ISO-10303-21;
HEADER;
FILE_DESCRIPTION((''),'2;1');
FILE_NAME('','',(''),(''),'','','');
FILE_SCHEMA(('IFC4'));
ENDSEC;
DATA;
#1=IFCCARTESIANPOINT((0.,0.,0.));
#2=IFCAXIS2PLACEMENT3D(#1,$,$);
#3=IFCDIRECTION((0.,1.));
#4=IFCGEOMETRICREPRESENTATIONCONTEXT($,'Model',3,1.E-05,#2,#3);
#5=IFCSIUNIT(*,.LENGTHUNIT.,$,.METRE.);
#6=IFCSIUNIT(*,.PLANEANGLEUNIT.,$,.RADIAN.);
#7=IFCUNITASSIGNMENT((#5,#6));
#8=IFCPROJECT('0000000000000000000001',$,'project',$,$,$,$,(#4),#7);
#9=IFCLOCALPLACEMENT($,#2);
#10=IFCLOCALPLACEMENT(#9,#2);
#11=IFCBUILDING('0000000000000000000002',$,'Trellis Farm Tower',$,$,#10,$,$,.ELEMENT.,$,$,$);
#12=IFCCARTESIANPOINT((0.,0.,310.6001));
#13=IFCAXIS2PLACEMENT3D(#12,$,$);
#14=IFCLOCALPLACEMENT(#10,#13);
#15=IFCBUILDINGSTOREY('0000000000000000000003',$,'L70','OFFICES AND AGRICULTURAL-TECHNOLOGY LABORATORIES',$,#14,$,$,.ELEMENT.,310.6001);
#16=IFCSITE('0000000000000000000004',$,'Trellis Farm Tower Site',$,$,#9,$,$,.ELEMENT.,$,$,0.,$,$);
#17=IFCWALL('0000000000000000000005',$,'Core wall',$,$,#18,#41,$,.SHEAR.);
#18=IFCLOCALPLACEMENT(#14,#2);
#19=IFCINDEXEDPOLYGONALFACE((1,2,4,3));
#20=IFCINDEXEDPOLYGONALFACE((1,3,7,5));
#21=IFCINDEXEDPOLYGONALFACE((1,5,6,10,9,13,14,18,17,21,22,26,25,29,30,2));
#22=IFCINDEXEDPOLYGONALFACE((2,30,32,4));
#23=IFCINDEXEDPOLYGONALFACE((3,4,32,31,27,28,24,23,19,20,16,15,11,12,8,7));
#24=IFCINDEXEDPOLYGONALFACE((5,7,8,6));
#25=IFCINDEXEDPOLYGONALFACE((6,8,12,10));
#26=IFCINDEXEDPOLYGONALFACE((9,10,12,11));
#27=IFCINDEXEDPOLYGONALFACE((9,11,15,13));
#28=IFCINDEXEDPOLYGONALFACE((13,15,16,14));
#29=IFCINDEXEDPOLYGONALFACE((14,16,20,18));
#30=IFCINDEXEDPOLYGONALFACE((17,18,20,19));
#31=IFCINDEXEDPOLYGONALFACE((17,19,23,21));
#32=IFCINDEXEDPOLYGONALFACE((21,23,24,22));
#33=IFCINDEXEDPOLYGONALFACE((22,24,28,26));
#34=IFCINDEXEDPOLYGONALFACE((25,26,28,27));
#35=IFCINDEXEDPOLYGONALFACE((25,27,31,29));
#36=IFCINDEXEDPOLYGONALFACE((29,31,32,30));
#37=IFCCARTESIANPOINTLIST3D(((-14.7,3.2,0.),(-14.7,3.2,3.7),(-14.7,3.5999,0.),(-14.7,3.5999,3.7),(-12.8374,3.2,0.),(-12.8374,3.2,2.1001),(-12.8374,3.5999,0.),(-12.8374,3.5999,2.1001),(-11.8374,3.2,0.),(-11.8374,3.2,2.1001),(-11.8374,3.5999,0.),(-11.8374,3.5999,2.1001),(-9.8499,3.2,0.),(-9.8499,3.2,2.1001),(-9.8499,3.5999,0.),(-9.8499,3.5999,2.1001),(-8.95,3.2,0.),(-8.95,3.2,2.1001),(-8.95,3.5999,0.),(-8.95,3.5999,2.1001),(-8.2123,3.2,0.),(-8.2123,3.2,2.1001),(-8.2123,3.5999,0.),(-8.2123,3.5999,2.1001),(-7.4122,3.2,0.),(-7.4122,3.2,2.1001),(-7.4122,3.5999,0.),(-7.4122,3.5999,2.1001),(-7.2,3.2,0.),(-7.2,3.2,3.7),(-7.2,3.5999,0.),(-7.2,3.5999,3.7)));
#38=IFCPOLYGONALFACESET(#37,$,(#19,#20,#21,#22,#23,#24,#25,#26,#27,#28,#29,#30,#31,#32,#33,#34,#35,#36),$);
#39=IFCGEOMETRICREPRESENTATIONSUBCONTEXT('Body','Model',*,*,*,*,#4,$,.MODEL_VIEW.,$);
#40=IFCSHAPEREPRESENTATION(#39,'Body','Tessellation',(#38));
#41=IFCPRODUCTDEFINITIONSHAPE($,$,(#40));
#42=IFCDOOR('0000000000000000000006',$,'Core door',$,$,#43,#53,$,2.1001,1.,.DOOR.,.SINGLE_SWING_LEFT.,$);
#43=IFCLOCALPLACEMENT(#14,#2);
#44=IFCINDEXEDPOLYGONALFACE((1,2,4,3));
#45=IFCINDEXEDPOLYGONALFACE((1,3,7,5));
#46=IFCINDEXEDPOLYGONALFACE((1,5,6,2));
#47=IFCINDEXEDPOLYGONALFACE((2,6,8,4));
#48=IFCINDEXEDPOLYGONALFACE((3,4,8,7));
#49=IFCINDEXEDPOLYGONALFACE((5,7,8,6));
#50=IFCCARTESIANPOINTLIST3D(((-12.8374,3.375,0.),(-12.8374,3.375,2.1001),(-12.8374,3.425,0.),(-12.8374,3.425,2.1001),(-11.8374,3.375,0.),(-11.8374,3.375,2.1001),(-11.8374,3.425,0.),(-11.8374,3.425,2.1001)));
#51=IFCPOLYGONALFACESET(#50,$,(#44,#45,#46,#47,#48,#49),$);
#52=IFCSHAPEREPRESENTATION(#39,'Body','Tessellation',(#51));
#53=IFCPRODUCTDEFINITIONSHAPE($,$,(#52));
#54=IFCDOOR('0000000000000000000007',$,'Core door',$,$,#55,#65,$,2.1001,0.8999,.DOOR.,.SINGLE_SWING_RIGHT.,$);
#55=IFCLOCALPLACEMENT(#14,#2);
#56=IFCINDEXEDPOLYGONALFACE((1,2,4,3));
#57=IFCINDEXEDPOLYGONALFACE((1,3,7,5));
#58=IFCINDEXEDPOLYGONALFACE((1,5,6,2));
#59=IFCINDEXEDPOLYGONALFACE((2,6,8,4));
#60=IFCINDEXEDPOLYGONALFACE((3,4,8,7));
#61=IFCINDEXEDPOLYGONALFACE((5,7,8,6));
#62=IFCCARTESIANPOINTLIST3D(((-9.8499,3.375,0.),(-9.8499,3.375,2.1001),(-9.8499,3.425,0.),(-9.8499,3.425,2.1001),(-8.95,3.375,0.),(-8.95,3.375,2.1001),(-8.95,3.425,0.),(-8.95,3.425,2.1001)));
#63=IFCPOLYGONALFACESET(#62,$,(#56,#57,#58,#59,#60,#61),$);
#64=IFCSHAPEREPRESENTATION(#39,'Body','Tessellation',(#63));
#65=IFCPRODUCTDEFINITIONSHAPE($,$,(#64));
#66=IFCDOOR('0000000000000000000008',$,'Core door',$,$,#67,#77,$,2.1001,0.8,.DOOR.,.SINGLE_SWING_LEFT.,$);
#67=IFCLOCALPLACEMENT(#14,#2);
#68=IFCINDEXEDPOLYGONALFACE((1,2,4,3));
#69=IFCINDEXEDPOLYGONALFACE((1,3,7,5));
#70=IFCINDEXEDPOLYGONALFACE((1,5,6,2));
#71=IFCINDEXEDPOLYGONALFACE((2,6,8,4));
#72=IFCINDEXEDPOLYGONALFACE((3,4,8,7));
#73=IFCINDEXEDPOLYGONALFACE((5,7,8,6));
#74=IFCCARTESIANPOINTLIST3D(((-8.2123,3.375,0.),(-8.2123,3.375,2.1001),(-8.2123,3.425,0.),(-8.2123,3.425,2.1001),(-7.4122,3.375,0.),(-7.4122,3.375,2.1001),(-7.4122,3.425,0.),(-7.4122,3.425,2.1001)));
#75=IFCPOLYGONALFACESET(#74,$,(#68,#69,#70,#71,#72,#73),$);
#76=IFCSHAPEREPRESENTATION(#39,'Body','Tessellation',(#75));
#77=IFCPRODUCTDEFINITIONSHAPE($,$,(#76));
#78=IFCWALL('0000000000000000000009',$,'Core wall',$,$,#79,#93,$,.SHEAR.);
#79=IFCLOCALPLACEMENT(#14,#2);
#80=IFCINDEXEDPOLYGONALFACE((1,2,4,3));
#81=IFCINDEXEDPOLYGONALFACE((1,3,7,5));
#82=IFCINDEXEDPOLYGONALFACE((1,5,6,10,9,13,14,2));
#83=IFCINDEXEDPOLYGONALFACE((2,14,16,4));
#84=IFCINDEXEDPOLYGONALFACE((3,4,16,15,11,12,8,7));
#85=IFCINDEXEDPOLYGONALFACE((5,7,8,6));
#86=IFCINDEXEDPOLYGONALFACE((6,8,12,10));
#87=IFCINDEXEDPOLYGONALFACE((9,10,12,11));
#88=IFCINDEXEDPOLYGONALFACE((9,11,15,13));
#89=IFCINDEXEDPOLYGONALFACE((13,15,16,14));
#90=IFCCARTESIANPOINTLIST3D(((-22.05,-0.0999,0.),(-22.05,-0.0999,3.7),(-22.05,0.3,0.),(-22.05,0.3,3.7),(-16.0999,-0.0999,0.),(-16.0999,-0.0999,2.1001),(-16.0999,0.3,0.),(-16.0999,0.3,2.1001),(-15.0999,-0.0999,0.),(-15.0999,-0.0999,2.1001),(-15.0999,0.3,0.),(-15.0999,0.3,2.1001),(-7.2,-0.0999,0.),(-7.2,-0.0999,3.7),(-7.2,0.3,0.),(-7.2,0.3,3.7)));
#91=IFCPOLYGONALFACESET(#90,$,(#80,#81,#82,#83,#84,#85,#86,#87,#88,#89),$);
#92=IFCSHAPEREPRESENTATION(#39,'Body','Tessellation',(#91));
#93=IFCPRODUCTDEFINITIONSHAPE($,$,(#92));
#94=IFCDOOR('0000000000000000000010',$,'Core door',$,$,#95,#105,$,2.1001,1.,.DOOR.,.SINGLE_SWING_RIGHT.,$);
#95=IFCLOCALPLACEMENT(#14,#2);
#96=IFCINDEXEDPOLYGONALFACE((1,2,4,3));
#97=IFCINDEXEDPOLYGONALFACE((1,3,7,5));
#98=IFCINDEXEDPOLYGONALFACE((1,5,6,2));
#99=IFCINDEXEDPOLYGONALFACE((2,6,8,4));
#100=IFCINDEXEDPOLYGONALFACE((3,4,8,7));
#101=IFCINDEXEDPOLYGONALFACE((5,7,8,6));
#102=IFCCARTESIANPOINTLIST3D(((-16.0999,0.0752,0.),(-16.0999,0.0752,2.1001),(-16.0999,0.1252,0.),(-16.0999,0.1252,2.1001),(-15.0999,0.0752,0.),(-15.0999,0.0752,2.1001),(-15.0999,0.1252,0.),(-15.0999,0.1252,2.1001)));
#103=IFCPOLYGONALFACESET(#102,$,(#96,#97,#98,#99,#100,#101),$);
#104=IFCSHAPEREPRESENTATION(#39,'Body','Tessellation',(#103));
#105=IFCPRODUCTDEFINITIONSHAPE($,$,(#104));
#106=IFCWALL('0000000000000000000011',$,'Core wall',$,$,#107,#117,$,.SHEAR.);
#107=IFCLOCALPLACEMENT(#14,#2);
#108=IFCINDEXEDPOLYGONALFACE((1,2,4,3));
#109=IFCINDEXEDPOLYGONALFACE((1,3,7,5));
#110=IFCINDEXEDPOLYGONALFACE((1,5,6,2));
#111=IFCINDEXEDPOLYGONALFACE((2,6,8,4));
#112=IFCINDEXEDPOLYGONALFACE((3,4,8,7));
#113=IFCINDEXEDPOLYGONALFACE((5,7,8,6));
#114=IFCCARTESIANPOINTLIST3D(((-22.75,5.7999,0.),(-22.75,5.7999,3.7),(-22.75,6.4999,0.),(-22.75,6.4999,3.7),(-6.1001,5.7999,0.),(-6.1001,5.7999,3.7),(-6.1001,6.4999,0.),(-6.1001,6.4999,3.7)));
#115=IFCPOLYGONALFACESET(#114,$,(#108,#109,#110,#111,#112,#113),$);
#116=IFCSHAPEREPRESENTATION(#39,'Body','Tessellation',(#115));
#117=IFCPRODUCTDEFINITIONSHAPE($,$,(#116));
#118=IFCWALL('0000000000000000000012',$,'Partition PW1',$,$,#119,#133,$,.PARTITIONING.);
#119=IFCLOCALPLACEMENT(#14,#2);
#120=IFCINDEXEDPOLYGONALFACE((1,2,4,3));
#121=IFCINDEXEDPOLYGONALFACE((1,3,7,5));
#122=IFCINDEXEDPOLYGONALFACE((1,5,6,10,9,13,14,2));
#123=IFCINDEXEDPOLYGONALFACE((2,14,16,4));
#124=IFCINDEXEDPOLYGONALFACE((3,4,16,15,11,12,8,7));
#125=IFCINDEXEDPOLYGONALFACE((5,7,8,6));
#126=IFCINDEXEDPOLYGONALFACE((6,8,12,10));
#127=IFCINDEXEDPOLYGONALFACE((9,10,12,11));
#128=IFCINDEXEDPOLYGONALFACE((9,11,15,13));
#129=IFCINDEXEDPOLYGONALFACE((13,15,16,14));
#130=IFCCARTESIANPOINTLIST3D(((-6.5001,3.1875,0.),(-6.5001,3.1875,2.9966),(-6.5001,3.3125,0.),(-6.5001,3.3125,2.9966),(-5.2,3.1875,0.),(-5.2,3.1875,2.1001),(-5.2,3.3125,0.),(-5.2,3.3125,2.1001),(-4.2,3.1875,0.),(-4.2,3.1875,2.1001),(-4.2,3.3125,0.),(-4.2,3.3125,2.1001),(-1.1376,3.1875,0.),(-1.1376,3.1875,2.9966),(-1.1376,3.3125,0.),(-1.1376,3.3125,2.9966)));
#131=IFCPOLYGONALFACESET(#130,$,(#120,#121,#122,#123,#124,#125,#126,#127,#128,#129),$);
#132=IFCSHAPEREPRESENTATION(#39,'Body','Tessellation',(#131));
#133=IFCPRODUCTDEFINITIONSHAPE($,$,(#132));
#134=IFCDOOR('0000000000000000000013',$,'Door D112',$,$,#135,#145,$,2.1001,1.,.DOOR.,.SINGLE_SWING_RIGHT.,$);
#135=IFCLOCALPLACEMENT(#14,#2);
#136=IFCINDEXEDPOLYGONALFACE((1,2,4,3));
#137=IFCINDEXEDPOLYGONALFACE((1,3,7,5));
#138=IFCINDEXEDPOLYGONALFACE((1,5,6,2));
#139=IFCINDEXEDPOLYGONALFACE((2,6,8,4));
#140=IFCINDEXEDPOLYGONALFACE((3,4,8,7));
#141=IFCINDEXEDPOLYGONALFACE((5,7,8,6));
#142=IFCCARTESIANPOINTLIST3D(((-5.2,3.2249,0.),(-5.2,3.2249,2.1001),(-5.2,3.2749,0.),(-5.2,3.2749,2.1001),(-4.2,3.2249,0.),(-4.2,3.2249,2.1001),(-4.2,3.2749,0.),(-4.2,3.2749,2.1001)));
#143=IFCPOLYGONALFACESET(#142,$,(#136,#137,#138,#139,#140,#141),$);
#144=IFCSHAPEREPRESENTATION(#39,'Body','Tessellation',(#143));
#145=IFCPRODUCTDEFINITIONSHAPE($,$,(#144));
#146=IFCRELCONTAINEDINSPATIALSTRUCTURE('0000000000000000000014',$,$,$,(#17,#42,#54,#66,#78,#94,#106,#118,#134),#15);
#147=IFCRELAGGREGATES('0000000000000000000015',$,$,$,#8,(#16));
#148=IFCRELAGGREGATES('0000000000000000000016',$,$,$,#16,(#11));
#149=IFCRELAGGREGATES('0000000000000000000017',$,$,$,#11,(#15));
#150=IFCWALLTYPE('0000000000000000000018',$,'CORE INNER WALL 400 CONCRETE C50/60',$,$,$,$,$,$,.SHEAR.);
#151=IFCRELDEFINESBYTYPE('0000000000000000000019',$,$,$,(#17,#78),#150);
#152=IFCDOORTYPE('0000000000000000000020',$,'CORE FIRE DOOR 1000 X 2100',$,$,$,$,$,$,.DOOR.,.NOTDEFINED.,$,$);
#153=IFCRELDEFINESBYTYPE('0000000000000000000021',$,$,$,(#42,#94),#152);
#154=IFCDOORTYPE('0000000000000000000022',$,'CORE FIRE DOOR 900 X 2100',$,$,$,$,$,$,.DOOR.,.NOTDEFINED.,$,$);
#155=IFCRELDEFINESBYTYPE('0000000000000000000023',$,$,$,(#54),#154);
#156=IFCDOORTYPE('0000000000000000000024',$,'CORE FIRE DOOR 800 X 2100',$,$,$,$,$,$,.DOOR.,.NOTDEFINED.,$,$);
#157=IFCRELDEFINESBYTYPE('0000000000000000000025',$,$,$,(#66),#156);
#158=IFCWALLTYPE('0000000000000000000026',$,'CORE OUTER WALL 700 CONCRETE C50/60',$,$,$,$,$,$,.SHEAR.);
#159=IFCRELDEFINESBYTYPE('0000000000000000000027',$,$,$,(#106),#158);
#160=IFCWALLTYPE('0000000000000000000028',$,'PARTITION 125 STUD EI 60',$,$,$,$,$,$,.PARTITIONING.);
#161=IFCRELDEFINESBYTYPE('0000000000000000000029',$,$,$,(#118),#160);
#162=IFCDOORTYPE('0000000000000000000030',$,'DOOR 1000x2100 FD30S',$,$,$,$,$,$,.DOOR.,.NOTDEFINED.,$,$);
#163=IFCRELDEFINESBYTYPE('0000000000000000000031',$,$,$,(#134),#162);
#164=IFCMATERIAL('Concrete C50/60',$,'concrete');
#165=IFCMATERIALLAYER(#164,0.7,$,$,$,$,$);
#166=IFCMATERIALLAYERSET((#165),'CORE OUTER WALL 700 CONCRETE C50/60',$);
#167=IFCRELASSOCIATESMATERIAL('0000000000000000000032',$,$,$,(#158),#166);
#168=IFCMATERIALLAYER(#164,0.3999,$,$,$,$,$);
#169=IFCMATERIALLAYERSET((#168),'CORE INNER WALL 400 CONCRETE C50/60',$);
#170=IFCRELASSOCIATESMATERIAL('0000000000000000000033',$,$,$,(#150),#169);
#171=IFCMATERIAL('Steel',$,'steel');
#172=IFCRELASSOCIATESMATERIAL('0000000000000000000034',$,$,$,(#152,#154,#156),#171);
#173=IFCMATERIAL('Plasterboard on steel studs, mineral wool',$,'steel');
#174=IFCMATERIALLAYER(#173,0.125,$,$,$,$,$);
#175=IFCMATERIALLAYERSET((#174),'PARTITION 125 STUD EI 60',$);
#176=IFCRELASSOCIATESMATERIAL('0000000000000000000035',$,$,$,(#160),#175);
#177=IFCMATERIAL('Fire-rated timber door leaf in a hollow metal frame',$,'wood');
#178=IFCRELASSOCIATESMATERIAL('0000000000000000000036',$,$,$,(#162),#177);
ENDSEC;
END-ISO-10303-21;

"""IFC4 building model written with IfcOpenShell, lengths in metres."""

from ifc_helpers import new_model, si_unit, direction, frame, frame_2d, origin, place, context, subcontext, project, spatial, rectangle, extrude, source, transform, mapped, material, layer, layer_set, type_object, element, fill, save


model = new_model("IFC4")

# Units and contexts
model_context = context("Model", 3, precision=1e-05, world=origin(), true_north=direction((0.0, 1.0)))
body_context = subcontext(model_context, "Body", "Model", "MODEL_VIEW")
ifc_project = project(units=[si_unit("LENGTHUNIT", "METRE"), si_unit("PLANEANGLEUNIT", "RADIAN")], contexts=[model_context])

# Site, building, storey
site_placement = place(None, origin())
site = spatial("IfcSite", under=ifc_project, at=site_placement, Name="Trellis Farm Tower Site", CompositionType="ELEMENT", RefElevation=0.0)
building_placement = place(site_placement, origin())
building = spatial("IfcBuilding", under=site, at=building_placement, Name="Trellis Farm Tower", CompositionType="ELEMENT")
storey_placement = place(building_placement, frame((0.0, 0.0, 310.6001)))
storey = spatial("IfcBuildingStorey", under=building, at=storey_placement, Name="L70", Description="OFFICES AND AGRICULTURAL-TECHNOLOGY LABORATORIES", CompositionType="ELEMENT", Elevation=310.6001)

# Shared definitions
ifc_material_1 = material(Name="Concrete C50/60", Category="concrete")
ifc_layer_1 = layer(ifc_material_1, 0.7)
ifc_layer_set_1 = layer_set([ifc_layer_1], Name="CORE OUTER WALL 700 CONCRETE C50/60")
wall_type_1 = type_object("IfcWallType", Name="CORE OUTER WALL 700 CONCRETE C50/60", PredefinedType="SHEAR", material=ifc_layer_set_1)
ifc_material_2 = material(Name="Steel", Category="steel")

# Wall, openings, doors
ifc_layer_2 = layer(ifc_material_1, 0.3999)
ifc_layer_set_2 = layer_set([ifc_layer_2], Name="CORE INNER WALL 400 CONCRETE C50/60")
wall_type_2 = type_object("IfcWallType", Name="CORE INNER WALL 400 CONCRETE C50/60", PredefinedType="SHEAR", material=ifc_layer_set_2)
shared_shape_1 = source(origin(), body_context, "Body", "SweptSolid", [
    extrude(rectangle(XDim=7.5, YDim=0.3999, at=frame_2d((3.75, 0.0))), origin(), (0.0, 0.0, 1.0), 3.7),
])
wall_1_placement = place(storey_placement, frame((-7.2, 3.3999, 0.0), z_axis=(0.0, 0.0, 1.0), x_axis=(-1.0, 0.0, 0.0)))
wall_1 = element("IfcWall", 1, at=wall_1_placement, inside=storey, type_object=wall_type_2, Name="Core wall", PredefinedType="SHEAR", context=body_context, shape_type="MappedRepresentation", body=[
    mapped(shared_shape_1, transform((0.0, 0.0, 0.0))),
])
shared_shape_2 = source(origin(), body_context, "Body", "SweptSolid", [
    extrude(rectangle(XDim=0.8, YDim=2.1001, at=frame_2d((0.3999, 1.05))), frame((0.0, 0.21, 0.0), z_axis=(0.0, -1.0, 0.0), x_axis=(1.0, 0.0, 0.0)), (0.0, 0.0, 1.0), 0.4199),
])
opening_1_placement = place(wall_1_placement, frame((0.2124, 0.0, 0.0)))
opening_1 = element("IfcOpeningElement", 2, at=opening_1_placement, cuts=wall_1, PredefinedType="OPENING", context=body_context, shape_type="MappedRepresentation", body=[
    mapped(shared_shape_2, transform((0.0, 0.0, 0.0))),
])
shared_shape_3 = source(origin(), body_context, "Body", "SweptSolid", [
    extrude(rectangle(XDim=0.8999, YDim=2.1001, at=frame_2d((0.45, 1.05))), frame((0.0, 0.21, 0.0), z_axis=(0.0, -1.0, 0.0), x_axis=(1.0, 0.0, 0.0)), (0.0, 0.0, 1.0), 0.4199),
])
opening_2_placement = place(wall_1_placement, frame((1.75, 0.0, 0.0)))
opening_2 = element("IfcOpeningElement", 3, at=opening_2_placement, cuts=wall_1, PredefinedType="OPENING", context=body_context, shape_type="MappedRepresentation", body=[
    mapped(shared_shape_3, transform((0.0, 0.0, 0.0))),
])
shared_shape_4 = source(origin(), body_context, "Body", "SweptSolid", [
    extrude(rectangle(XDim=1.0, YDim=2.1001, at=frame_2d((0.5, 1.05))), frame((0.0, 0.21, 0.0), z_axis=(0.0, -1.0, 0.0), x_axis=(1.0, 0.0, 0.0)), (0.0, 0.0, 1.0), 0.4199),
])
opening_3_placement = place(wall_1_placement, frame((4.6375, 0.0, 0.0)))
opening_3 = element("IfcOpeningElement", 4, at=opening_3_placement, cuts=wall_1, PredefinedType="OPENING", context=body_context, shape_type="MappedRepresentation", body=[
    mapped(shared_shape_4, transform((0.0, 0.0, 0.0))),
])
door_type_1 = type_object("IfcDoorType", Name="CORE FIRE DOOR 1000 X 2100", OperationType="NOTDEFINED", PredefinedType="DOOR", material=ifc_material_2)
shared_shape_5 = source(origin(), body_context, "Body", "SweptSolid", [
    extrude(rectangle(XDim=1.0, YDim=2.1001, at=frame_2d((0.5, 1.05))), frame((0.0, 0.0249, 0.0), z_axis=(0.0, -1.0, 0.0), x_axis=(1.0, 0.0, 0.0)), (0.0, 0.0, 1.0), 0.05),
])
door_1_placement = place(opening_3_placement, origin())
door_1 = element("IfcDoor", 5, at=door_1_placement, inside=storey, type_object=door_type_1, Name="Core door", OperationType="SINGLE_SWING_LEFT", OverallHeight=2.1001, OverallWidth=1.0, PredefinedType="DOOR", context=body_context, shape_type="MappedRepresentation", body=[
    mapped(shared_shape_5, transform((0.0, 0.0, 0.0))),
])
fill(opening_3, door_1)
door_type_2 = type_object("IfcDoorType", Name="CORE FIRE DOOR 900 X 2100", OperationType="NOTDEFINED", PredefinedType="DOOR", material=ifc_material_2)
shared_shape_6 = source(origin(), body_context, "Body", "SweptSolid", [
    extrude(rectangle(XDim=0.8999, YDim=2.1001, at=frame_2d((0.45, 1.05))), frame((0.0, 0.0249, 0.0), z_axis=(0.0, -1.0, 0.0), x_axis=(1.0, 0.0, 0.0)), (0.0, 0.0, 1.0), 0.05),
])
door_2_placement = place(opening_2_placement, origin())
door_2 = element("IfcDoor", 6, at=door_2_placement, inside=storey, type_object=door_type_2, Name="Core door", OperationType="SINGLE_SWING_RIGHT", OverallHeight=2.1001, OverallWidth=0.8999, PredefinedType="DOOR", context=body_context, shape_type="MappedRepresentation", body=[
    mapped(shared_shape_6, transform((0.0, 0.0, 0.0))),
])
fill(opening_2, door_2)
door_type_3 = type_object("IfcDoorType", Name="CORE FIRE DOOR 800 X 2100", OperationType="NOTDEFINED", PredefinedType="DOOR", material=ifc_material_2)
shared_shape_7 = source(origin(), body_context, "Body", "SweptSolid", [
    extrude(rectangle(XDim=0.8, YDim=2.1001, at=frame_2d((0.3999, 1.05))), frame((0.0, 0.0249, 0.0), z_axis=(0.0, -1.0, 0.0), x_axis=(1.0, 0.0, 0.0)), (0.0, 0.0, 1.0), 0.05),
])
door_3_placement = place(opening_1_placement, origin())
door_3 = element("IfcDoor", 7, at=door_3_placement, inside=storey, type_object=door_type_3, Name="Core door", OperationType="SINGLE_SWING_LEFT", OverallHeight=2.1001, OverallWidth=0.8, PredefinedType="DOOR", context=body_context, shape_type="MappedRepresentation", body=[
    mapped(shared_shape_7, transform((0.0, 0.0, 0.0))),
])
fill(opening_1, door_3)

# Wall, opening, door
shared_shape_8 = source(origin(), body_context, "Body", "SweptSolid", [
    extrude(rectangle(XDim=14.8501, YDim=0.3999, at=frame_2d((7.425, 0.0))), origin(), (0.0, 0.0, 1.0), 3.7),
])
wall_2_placement = place(storey_placement, frame((-7.2, 0.1001, 0.0), z_axis=(0.0, 0.0, 1.0), x_axis=(-1.0, 0.0, 0.0)))
wall_2 = element("IfcWall", 8, at=wall_2_placement, inside=storey, type_object=wall_type_2, Name="Core wall", PredefinedType="SHEAR", context=body_context, shape_type="MappedRepresentation", body=[
    mapped(shared_shape_8, transform((0.0, 0.0, 0.0))),
])
opening_4_placement = place(wall_2_placement, frame((7.8999, 0.0, 0.0)))
opening_4 = element("IfcOpeningElement", 9, at=opening_4_placement, cuts=wall_2, PredefinedType="OPENING", context=body_context, shape_type="MappedRepresentation", body=[
    mapped(shared_shape_4, transform((0.0, 0.0, 0.0))),
])
door_4_placement = place(opening_4_placement, origin())
door_4 = element("IfcDoor", 10, at=door_4_placement, inside=storey, type_object=door_type_1, Name="Core door", OperationType="SINGLE_SWING_RIGHT", OverallHeight=2.1001, OverallWidth=1.0, PredefinedType="DOOR", context=body_context, shape_type="MappedRepresentation", body=[
    mapped(shared_shape_5, transform((0.0, 0.0, 0.0))),
])
fill(opening_4, door_4)

# Wall
shared_shape_9 = source(origin(), body_context, "Body", "SweptSolid", [
    extrude(rectangle(XDim=16.6499, YDim=0.7, at=frame_2d((8.325, 0.0))), origin(), (0.0, 0.0, 1.0), 3.7),
])
wall_3_placement = place(storey_placement, frame((-6.1001, 6.1499, 0.0), z_axis=(0.0, 0.0, 1.0), x_axis=(-1.0, 0.0, 0.0)))
element("IfcWall", 11, at=wall_3_placement, inside=storey, type_object=wall_type_1, Name="Core wall", PredefinedType="SHEAR", context=body_context, shape_type="MappedRepresentation", body=[
    mapped(shared_shape_9, transform((0.0, 0.0, 0.0))),
])

# Wall, opening, door
ifc_material_3 = material(Name="Plasterboard on steel studs, mineral wool", Category="steel")
ifc_layer_3 = layer(ifc_material_3, 0.125)
ifc_layer_set_3 = layer_set([ifc_layer_3], Name="PARTITION 125 STUD EI 60")
wall_type_3 = type_object("IfcWallType", Name="PARTITION 125 STUD EI 60", PredefinedType="PARTITIONING", material=ifc_layer_set_3)
shared_shape_10 = source(origin(), body_context, "Body", "SweptSolid", [
    extrude(rectangle(XDim=5.3625, YDim=0.125, at=frame_2d((2.6812, 0.0))), origin(), (0.0, 0.0, 1.0), 2.9966),
])
wall_4_placement = place(storey_placement, frame((-6.5, 3.25, 0.0), z_axis=(0.0, 0.0, 1.0), x_axis=(1.0, 0.0, 0.0)))
wall_4 = element("IfcWall", 12, at=wall_4_placement, inside=storey, type_object=wall_type_3, Name="Partition PW1", PredefinedType="PARTITIONING", context=body_context, shape_type="MappedRepresentation", body=[
    mapped(shared_shape_10, transform((0.0, 0.0, 0.0))),
])
shared_shape_11 = source(origin(), body_context, "Body", "SweptSolid", [
    extrude(rectangle(XDim=1.0, YDim=2.1001, at=frame_2d((0.5, 1.05))), frame((0.0, 0.0725, 0.0), z_axis=(0.0, -1.0, 0.0), x_axis=(1.0, 0.0, 0.0)), (0.0, 0.0, 1.0), 0.145),
])
opening_5_placement = place(wall_4_placement, frame((1.3, 0.0, 0.0)))
opening_5 = element("IfcOpeningElement", 13, at=opening_5_placement, cuts=wall_4, PredefinedType="OPENING", context=body_context, shape_type="MappedRepresentation", body=[
    mapped(shared_shape_11, transform((0.0, 0.0, 0.0))),
])
ifc_material_4 = material(Name="Fire-rated timber door leaf in a hollow metal frame", Category="wood")
door_type_4 = type_object("IfcDoorType", Name="DOOR 1000x2100 FD30S", OperationType="NOTDEFINED", PredefinedType="DOOR", material=ifc_material_4)
door_5_placement = place(opening_5_placement, origin())
door_5 = element("IfcDoor", 14, at=door_5_placement, inside=storey, type_object=door_type_4, Name="Door D112", OperationType="SINGLE_SWING_RIGHT", OverallHeight=2.1001, OverallWidth=1.0, PredefinedType="DOOR", context=body_context, shape_type="MappedRepresentation", body=[
    mapped(shared_shape_5, transform((0.0, 0.0, 0.0))),
])
fill(opening_5, door_5)

save(model, "model.ifc")
